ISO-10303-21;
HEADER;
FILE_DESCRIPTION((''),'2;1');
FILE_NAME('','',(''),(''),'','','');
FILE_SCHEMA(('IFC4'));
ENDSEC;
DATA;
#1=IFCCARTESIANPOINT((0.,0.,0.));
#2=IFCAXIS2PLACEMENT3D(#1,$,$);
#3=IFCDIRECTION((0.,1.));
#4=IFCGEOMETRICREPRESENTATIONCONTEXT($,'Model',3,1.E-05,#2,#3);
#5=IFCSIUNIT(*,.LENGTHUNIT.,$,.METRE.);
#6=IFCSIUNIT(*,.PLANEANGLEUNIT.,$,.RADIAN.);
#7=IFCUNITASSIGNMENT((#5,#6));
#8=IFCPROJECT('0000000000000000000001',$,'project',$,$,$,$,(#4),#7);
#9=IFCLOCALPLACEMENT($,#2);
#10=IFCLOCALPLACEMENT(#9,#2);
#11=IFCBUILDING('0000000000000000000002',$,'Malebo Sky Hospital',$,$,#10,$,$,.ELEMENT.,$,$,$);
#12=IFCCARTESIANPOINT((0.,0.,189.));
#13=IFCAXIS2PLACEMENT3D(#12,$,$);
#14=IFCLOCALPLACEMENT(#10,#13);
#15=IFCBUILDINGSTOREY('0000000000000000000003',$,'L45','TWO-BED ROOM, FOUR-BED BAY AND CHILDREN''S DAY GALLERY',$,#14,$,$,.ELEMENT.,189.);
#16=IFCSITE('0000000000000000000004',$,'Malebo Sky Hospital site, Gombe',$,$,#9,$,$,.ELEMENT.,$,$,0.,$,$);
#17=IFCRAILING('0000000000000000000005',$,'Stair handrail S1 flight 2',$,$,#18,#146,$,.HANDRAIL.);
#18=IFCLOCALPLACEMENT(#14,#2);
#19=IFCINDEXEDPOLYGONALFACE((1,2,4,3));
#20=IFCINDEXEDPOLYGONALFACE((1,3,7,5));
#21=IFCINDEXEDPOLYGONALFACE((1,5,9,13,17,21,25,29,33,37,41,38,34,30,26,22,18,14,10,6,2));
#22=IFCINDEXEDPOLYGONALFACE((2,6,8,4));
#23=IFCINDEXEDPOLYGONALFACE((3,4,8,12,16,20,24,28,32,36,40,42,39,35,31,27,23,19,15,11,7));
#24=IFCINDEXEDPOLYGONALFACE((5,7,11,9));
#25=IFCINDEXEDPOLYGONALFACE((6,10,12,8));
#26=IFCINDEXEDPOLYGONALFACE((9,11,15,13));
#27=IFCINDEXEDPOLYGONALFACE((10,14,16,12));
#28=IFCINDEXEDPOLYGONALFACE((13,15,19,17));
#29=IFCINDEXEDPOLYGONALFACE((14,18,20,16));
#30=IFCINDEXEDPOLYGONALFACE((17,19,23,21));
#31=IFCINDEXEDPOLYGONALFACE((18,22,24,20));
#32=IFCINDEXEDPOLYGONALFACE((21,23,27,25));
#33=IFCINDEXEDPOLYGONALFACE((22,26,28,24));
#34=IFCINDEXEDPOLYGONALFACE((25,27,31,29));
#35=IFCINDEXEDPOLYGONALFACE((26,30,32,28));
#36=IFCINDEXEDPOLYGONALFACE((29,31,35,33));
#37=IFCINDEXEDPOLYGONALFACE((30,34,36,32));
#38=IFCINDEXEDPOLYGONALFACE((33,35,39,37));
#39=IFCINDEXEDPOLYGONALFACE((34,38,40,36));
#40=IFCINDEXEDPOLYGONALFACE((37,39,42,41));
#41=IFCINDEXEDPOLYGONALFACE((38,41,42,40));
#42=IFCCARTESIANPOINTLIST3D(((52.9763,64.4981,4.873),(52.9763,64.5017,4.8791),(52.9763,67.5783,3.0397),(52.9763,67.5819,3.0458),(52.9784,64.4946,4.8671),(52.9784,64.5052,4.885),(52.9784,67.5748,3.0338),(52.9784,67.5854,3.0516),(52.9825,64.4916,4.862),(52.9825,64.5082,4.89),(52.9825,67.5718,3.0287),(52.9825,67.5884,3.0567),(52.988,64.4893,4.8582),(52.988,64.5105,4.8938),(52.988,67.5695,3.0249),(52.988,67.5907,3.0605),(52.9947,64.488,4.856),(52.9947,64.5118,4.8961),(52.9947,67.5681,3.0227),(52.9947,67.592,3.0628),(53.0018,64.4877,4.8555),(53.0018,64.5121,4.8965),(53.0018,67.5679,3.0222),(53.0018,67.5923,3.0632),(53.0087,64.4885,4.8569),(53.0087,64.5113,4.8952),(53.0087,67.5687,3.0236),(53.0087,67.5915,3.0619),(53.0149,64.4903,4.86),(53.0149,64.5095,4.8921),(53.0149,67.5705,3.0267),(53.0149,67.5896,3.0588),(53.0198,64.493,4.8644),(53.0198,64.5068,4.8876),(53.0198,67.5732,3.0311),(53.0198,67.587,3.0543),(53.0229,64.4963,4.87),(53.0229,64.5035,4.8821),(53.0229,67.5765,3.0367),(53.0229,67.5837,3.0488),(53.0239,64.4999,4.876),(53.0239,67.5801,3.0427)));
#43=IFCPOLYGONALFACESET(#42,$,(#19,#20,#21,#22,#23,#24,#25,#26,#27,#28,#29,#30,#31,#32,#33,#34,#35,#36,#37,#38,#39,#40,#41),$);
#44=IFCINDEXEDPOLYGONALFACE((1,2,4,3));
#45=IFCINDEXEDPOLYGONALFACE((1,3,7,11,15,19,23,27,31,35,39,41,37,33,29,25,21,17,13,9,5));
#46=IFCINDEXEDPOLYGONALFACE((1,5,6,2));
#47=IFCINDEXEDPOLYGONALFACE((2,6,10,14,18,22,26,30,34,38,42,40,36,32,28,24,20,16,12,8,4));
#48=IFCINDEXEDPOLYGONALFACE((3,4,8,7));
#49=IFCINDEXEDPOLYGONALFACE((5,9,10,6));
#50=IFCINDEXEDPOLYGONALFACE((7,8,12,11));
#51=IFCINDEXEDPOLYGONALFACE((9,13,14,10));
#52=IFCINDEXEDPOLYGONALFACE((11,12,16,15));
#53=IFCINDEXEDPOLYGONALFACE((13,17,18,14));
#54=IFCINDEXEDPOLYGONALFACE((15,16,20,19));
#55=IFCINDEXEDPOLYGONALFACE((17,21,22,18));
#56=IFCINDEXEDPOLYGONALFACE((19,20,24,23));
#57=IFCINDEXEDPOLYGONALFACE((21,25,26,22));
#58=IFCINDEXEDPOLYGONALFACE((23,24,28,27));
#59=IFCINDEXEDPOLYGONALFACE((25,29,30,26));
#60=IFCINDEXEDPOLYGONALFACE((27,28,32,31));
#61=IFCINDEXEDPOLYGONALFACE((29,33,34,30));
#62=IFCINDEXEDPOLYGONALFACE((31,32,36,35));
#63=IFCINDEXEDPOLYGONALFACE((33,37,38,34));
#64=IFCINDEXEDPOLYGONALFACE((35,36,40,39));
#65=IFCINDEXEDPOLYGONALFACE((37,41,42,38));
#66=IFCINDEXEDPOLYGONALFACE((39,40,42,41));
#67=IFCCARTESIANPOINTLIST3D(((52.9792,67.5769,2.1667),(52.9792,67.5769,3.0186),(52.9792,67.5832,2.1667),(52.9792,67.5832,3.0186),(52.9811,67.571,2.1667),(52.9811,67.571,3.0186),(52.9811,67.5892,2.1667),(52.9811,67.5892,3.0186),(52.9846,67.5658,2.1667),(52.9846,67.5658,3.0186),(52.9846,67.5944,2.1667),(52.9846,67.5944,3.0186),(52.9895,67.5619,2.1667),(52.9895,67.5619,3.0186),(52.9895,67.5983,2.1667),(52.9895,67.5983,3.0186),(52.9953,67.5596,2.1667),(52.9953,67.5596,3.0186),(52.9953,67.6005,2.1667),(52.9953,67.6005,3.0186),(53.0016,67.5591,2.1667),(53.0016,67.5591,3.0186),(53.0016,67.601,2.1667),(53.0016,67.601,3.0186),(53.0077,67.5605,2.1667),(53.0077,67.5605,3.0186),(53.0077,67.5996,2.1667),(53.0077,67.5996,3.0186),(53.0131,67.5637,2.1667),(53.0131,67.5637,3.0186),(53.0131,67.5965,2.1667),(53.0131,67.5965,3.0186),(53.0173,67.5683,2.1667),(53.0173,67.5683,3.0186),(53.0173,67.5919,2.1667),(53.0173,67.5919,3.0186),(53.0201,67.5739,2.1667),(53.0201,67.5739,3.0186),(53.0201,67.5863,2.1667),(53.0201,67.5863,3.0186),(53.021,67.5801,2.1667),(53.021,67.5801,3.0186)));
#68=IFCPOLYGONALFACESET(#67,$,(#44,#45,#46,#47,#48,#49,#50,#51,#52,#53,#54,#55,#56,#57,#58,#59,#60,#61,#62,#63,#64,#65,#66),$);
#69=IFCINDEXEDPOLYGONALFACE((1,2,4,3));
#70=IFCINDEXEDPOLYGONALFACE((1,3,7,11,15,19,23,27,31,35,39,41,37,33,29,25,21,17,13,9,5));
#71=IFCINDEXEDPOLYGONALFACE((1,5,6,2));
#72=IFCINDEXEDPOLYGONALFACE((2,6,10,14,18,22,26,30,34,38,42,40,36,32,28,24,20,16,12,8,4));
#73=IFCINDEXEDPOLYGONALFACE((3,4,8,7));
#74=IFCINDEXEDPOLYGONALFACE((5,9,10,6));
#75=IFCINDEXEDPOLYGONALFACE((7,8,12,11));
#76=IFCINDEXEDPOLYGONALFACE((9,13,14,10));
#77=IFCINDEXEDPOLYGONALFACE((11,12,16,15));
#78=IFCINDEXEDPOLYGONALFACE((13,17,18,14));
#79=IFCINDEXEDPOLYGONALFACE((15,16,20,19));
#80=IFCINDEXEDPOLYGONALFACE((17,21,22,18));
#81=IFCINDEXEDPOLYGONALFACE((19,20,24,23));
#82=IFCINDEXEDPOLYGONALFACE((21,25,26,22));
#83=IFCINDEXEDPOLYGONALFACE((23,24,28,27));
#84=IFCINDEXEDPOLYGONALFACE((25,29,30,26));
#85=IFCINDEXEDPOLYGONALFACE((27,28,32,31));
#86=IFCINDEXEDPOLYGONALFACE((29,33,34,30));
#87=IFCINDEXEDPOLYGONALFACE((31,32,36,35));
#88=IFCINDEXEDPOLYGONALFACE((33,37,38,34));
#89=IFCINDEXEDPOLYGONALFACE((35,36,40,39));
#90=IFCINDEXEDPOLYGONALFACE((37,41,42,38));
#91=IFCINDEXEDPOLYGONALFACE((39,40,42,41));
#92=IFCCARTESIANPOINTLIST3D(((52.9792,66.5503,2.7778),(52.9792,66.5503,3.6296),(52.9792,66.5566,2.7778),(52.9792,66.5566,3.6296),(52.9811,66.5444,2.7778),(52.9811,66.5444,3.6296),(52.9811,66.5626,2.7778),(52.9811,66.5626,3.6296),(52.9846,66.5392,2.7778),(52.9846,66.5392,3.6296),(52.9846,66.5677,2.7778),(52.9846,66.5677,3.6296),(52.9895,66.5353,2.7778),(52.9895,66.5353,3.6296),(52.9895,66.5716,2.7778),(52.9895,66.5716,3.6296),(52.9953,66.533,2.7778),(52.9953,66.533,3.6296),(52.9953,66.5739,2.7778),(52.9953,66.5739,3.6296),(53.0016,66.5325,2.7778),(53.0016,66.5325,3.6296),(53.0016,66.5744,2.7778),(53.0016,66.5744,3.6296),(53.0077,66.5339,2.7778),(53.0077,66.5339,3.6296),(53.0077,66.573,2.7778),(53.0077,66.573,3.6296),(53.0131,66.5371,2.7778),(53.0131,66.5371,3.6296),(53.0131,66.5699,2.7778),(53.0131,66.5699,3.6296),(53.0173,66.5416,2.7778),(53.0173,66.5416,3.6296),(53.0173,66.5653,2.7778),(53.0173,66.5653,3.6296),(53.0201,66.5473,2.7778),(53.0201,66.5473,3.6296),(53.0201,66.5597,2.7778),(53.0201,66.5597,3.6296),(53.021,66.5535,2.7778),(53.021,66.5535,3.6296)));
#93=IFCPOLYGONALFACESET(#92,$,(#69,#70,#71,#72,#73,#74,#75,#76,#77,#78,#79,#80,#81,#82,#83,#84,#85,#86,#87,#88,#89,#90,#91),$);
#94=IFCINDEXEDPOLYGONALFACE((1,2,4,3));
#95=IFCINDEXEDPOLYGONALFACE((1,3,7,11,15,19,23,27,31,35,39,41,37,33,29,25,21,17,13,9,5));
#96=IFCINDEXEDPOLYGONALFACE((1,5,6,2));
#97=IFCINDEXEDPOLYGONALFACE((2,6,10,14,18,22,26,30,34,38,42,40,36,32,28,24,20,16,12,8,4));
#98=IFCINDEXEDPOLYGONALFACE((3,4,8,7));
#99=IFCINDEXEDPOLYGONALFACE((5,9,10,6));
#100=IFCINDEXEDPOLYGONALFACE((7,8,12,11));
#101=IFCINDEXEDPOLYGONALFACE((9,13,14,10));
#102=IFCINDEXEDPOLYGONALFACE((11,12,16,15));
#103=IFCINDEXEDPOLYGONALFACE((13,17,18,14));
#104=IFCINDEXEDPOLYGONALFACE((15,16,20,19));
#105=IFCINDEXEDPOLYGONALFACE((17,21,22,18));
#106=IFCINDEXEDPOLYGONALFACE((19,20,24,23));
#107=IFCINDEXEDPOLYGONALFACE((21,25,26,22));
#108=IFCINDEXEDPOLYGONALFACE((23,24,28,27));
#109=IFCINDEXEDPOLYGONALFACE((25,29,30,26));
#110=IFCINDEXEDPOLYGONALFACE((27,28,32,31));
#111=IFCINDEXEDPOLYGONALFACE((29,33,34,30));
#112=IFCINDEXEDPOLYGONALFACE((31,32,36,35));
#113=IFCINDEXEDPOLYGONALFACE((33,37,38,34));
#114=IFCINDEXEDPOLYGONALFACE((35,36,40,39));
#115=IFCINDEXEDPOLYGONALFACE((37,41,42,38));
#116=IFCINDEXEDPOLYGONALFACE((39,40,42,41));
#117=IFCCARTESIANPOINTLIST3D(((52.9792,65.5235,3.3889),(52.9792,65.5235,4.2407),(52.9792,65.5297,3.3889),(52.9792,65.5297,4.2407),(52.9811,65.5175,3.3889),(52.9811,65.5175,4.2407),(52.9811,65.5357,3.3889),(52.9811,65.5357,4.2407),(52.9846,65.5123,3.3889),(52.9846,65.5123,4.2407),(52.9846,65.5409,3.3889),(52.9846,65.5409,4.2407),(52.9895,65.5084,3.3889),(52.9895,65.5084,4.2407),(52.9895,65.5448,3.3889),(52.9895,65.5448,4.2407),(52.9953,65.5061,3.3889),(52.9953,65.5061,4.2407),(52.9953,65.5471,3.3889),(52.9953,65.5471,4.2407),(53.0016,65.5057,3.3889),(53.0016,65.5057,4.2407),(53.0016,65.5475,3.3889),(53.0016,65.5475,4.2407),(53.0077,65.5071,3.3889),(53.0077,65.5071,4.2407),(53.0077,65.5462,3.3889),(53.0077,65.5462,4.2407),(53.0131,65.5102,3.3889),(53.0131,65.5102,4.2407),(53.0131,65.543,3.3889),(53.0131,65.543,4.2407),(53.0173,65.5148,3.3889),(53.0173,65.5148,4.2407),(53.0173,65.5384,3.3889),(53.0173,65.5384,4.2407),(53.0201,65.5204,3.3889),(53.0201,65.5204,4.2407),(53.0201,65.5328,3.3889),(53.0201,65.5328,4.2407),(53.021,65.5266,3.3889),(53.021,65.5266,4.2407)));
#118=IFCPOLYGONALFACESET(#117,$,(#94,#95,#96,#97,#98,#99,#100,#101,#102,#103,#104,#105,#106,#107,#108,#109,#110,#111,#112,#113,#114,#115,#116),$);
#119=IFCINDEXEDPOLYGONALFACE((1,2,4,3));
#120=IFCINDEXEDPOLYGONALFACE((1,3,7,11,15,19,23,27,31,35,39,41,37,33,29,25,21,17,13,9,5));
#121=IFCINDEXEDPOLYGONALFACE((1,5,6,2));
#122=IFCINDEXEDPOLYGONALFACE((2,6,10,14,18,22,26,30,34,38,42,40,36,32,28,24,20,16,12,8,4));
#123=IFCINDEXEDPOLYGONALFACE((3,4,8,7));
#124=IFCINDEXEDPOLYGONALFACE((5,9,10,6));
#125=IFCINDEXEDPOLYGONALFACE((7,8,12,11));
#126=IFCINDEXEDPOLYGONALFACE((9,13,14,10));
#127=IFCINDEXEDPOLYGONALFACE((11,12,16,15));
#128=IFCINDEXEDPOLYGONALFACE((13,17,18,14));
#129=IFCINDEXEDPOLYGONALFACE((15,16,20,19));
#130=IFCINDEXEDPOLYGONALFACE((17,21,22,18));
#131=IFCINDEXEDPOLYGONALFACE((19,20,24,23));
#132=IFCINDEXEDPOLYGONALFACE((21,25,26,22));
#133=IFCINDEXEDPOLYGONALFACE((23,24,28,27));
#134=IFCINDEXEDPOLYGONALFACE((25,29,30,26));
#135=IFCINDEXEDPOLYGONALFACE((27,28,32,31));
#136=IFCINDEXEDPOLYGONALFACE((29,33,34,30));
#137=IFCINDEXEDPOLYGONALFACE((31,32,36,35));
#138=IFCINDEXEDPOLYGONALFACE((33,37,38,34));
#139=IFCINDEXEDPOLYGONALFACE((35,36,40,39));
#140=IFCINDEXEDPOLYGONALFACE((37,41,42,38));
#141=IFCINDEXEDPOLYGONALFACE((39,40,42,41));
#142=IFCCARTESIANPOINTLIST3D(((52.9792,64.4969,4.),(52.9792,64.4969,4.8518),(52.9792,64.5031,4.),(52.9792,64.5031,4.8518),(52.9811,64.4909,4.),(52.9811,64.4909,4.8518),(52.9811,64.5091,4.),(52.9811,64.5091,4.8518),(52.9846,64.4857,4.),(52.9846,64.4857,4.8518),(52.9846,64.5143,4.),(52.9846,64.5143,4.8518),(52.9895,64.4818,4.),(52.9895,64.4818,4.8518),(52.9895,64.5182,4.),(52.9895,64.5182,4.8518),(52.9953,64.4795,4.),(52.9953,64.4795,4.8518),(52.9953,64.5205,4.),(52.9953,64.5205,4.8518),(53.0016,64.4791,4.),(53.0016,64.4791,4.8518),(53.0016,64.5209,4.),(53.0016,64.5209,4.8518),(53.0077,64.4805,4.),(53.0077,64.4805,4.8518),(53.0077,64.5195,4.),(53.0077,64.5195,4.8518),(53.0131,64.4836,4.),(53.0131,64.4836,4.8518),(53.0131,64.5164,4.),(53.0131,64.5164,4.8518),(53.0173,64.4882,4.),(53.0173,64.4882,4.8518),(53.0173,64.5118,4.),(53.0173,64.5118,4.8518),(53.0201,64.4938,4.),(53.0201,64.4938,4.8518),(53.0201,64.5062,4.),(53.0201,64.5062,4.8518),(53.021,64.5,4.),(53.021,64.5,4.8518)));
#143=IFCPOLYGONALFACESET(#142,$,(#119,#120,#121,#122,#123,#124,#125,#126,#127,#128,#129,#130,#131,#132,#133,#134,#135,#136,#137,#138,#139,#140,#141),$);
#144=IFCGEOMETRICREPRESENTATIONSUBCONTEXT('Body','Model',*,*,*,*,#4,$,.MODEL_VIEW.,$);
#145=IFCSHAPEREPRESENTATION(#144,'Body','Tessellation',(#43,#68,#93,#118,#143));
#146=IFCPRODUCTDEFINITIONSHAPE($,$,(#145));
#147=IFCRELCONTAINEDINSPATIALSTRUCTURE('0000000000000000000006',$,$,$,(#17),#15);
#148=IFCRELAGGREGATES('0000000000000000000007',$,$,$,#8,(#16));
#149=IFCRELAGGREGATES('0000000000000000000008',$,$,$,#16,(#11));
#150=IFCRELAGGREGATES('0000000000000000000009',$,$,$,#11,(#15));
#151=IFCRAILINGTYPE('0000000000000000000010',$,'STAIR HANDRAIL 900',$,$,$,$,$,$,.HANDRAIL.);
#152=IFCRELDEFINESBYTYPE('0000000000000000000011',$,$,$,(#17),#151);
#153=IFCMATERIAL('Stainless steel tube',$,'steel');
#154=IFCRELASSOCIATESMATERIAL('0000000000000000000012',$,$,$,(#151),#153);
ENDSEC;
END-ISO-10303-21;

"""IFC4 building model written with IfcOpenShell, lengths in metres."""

from ifc_helpers import new_model, si_unit, direction, frame, origin, origin_2d, place, context, subcontext, project, spatial, circle, extrude, material, type_object, element, save


model = new_model("IFC4")

# Units and contexts
model_context = context("Model", 3, precision=1e-05, world=origin(), true_north=direction((0.0, 1.0)))
body_context = subcontext(model_context, "Body", "Model", "MODEL_VIEW")
ifc_project = project(units=[si_unit("LENGTHUNIT", "METRE"), si_unit("PLANEANGLEUNIT", "RADIAN")], contexts=[model_context])

# Site, building, storey
site_placement = place(None, origin())
site = spatial("IfcSite", under=ifc_project, at=site_placement, Name="Malebo Sky Hospital site, Gombe", CompositionType="ELEMENT", RefElevation=0.0)
building_placement = place(site_placement, origin())
building = spatial("IfcBuilding", under=site, at=building_placement, Name="Malebo Sky Hospital", CompositionType="ELEMENT")
storey_placement = place(building_placement, frame((0.0, 0.0, 189.0)))
storey = spatial("IfcBuildingStorey", under=building, at=storey_placement, Name="L45", Description="TWO-BED ROOM, FOUR-BED BAY AND CHILDREN'S DAY GALLERY", CompositionType="ELEMENT", Elevation=189.0)

# Railing
ifc_material_1 = material(Name="Stainless steel tube", Category="steel")
railing_type = type_object("IfcRailingType", Name="STAIR HANDRAIL 900", PredefinedType="HANDRAIL", material=ifc_material_1)
railing_1_placement = place(storey_placement, frame((53.0, 67.5801, 2.1667)))
element("IfcRailing", 1, at=railing_1_placement, inside=storey, type_object=railing_type, Name="Stair handrail S1 flight 2", PredefinedType="HANDRAIL", context=body_context, shape_type="SweptSolid", body=[
    extrude(circle(Radius=0.0239, at=origin_2d()), frame((0.0, 0.0, 0.876), z_axis=(0.0, -0.859309, 0.511458), x_axis=(1.0, 0.0, 0.0)), (0.0, 0.0, 1.0), 3.5845),
    extrude(circle(Radius=0.021, at=origin_2d()), origin(), (0.0, 0.0, 1.0), 0.8518),
    extrude(circle(Radius=0.021, at=origin_2d()), frame((0.0, -1.0266, 0.6111)), (0.0, 0.0, 1.0), 0.8518),
    extrude(circle(Radius=0.021, at=origin_2d()), frame((0.0, -2.0535, 1.2222)), (0.0, 0.0, 1.0), 0.8518),
    extrude(circle(Radius=0.021, at=origin_2d()), frame((0.0, -3.0801, 1.8333)), (0.0, 0.0, 1.0), 0.8518),
])

save(model, "model.ifc")
